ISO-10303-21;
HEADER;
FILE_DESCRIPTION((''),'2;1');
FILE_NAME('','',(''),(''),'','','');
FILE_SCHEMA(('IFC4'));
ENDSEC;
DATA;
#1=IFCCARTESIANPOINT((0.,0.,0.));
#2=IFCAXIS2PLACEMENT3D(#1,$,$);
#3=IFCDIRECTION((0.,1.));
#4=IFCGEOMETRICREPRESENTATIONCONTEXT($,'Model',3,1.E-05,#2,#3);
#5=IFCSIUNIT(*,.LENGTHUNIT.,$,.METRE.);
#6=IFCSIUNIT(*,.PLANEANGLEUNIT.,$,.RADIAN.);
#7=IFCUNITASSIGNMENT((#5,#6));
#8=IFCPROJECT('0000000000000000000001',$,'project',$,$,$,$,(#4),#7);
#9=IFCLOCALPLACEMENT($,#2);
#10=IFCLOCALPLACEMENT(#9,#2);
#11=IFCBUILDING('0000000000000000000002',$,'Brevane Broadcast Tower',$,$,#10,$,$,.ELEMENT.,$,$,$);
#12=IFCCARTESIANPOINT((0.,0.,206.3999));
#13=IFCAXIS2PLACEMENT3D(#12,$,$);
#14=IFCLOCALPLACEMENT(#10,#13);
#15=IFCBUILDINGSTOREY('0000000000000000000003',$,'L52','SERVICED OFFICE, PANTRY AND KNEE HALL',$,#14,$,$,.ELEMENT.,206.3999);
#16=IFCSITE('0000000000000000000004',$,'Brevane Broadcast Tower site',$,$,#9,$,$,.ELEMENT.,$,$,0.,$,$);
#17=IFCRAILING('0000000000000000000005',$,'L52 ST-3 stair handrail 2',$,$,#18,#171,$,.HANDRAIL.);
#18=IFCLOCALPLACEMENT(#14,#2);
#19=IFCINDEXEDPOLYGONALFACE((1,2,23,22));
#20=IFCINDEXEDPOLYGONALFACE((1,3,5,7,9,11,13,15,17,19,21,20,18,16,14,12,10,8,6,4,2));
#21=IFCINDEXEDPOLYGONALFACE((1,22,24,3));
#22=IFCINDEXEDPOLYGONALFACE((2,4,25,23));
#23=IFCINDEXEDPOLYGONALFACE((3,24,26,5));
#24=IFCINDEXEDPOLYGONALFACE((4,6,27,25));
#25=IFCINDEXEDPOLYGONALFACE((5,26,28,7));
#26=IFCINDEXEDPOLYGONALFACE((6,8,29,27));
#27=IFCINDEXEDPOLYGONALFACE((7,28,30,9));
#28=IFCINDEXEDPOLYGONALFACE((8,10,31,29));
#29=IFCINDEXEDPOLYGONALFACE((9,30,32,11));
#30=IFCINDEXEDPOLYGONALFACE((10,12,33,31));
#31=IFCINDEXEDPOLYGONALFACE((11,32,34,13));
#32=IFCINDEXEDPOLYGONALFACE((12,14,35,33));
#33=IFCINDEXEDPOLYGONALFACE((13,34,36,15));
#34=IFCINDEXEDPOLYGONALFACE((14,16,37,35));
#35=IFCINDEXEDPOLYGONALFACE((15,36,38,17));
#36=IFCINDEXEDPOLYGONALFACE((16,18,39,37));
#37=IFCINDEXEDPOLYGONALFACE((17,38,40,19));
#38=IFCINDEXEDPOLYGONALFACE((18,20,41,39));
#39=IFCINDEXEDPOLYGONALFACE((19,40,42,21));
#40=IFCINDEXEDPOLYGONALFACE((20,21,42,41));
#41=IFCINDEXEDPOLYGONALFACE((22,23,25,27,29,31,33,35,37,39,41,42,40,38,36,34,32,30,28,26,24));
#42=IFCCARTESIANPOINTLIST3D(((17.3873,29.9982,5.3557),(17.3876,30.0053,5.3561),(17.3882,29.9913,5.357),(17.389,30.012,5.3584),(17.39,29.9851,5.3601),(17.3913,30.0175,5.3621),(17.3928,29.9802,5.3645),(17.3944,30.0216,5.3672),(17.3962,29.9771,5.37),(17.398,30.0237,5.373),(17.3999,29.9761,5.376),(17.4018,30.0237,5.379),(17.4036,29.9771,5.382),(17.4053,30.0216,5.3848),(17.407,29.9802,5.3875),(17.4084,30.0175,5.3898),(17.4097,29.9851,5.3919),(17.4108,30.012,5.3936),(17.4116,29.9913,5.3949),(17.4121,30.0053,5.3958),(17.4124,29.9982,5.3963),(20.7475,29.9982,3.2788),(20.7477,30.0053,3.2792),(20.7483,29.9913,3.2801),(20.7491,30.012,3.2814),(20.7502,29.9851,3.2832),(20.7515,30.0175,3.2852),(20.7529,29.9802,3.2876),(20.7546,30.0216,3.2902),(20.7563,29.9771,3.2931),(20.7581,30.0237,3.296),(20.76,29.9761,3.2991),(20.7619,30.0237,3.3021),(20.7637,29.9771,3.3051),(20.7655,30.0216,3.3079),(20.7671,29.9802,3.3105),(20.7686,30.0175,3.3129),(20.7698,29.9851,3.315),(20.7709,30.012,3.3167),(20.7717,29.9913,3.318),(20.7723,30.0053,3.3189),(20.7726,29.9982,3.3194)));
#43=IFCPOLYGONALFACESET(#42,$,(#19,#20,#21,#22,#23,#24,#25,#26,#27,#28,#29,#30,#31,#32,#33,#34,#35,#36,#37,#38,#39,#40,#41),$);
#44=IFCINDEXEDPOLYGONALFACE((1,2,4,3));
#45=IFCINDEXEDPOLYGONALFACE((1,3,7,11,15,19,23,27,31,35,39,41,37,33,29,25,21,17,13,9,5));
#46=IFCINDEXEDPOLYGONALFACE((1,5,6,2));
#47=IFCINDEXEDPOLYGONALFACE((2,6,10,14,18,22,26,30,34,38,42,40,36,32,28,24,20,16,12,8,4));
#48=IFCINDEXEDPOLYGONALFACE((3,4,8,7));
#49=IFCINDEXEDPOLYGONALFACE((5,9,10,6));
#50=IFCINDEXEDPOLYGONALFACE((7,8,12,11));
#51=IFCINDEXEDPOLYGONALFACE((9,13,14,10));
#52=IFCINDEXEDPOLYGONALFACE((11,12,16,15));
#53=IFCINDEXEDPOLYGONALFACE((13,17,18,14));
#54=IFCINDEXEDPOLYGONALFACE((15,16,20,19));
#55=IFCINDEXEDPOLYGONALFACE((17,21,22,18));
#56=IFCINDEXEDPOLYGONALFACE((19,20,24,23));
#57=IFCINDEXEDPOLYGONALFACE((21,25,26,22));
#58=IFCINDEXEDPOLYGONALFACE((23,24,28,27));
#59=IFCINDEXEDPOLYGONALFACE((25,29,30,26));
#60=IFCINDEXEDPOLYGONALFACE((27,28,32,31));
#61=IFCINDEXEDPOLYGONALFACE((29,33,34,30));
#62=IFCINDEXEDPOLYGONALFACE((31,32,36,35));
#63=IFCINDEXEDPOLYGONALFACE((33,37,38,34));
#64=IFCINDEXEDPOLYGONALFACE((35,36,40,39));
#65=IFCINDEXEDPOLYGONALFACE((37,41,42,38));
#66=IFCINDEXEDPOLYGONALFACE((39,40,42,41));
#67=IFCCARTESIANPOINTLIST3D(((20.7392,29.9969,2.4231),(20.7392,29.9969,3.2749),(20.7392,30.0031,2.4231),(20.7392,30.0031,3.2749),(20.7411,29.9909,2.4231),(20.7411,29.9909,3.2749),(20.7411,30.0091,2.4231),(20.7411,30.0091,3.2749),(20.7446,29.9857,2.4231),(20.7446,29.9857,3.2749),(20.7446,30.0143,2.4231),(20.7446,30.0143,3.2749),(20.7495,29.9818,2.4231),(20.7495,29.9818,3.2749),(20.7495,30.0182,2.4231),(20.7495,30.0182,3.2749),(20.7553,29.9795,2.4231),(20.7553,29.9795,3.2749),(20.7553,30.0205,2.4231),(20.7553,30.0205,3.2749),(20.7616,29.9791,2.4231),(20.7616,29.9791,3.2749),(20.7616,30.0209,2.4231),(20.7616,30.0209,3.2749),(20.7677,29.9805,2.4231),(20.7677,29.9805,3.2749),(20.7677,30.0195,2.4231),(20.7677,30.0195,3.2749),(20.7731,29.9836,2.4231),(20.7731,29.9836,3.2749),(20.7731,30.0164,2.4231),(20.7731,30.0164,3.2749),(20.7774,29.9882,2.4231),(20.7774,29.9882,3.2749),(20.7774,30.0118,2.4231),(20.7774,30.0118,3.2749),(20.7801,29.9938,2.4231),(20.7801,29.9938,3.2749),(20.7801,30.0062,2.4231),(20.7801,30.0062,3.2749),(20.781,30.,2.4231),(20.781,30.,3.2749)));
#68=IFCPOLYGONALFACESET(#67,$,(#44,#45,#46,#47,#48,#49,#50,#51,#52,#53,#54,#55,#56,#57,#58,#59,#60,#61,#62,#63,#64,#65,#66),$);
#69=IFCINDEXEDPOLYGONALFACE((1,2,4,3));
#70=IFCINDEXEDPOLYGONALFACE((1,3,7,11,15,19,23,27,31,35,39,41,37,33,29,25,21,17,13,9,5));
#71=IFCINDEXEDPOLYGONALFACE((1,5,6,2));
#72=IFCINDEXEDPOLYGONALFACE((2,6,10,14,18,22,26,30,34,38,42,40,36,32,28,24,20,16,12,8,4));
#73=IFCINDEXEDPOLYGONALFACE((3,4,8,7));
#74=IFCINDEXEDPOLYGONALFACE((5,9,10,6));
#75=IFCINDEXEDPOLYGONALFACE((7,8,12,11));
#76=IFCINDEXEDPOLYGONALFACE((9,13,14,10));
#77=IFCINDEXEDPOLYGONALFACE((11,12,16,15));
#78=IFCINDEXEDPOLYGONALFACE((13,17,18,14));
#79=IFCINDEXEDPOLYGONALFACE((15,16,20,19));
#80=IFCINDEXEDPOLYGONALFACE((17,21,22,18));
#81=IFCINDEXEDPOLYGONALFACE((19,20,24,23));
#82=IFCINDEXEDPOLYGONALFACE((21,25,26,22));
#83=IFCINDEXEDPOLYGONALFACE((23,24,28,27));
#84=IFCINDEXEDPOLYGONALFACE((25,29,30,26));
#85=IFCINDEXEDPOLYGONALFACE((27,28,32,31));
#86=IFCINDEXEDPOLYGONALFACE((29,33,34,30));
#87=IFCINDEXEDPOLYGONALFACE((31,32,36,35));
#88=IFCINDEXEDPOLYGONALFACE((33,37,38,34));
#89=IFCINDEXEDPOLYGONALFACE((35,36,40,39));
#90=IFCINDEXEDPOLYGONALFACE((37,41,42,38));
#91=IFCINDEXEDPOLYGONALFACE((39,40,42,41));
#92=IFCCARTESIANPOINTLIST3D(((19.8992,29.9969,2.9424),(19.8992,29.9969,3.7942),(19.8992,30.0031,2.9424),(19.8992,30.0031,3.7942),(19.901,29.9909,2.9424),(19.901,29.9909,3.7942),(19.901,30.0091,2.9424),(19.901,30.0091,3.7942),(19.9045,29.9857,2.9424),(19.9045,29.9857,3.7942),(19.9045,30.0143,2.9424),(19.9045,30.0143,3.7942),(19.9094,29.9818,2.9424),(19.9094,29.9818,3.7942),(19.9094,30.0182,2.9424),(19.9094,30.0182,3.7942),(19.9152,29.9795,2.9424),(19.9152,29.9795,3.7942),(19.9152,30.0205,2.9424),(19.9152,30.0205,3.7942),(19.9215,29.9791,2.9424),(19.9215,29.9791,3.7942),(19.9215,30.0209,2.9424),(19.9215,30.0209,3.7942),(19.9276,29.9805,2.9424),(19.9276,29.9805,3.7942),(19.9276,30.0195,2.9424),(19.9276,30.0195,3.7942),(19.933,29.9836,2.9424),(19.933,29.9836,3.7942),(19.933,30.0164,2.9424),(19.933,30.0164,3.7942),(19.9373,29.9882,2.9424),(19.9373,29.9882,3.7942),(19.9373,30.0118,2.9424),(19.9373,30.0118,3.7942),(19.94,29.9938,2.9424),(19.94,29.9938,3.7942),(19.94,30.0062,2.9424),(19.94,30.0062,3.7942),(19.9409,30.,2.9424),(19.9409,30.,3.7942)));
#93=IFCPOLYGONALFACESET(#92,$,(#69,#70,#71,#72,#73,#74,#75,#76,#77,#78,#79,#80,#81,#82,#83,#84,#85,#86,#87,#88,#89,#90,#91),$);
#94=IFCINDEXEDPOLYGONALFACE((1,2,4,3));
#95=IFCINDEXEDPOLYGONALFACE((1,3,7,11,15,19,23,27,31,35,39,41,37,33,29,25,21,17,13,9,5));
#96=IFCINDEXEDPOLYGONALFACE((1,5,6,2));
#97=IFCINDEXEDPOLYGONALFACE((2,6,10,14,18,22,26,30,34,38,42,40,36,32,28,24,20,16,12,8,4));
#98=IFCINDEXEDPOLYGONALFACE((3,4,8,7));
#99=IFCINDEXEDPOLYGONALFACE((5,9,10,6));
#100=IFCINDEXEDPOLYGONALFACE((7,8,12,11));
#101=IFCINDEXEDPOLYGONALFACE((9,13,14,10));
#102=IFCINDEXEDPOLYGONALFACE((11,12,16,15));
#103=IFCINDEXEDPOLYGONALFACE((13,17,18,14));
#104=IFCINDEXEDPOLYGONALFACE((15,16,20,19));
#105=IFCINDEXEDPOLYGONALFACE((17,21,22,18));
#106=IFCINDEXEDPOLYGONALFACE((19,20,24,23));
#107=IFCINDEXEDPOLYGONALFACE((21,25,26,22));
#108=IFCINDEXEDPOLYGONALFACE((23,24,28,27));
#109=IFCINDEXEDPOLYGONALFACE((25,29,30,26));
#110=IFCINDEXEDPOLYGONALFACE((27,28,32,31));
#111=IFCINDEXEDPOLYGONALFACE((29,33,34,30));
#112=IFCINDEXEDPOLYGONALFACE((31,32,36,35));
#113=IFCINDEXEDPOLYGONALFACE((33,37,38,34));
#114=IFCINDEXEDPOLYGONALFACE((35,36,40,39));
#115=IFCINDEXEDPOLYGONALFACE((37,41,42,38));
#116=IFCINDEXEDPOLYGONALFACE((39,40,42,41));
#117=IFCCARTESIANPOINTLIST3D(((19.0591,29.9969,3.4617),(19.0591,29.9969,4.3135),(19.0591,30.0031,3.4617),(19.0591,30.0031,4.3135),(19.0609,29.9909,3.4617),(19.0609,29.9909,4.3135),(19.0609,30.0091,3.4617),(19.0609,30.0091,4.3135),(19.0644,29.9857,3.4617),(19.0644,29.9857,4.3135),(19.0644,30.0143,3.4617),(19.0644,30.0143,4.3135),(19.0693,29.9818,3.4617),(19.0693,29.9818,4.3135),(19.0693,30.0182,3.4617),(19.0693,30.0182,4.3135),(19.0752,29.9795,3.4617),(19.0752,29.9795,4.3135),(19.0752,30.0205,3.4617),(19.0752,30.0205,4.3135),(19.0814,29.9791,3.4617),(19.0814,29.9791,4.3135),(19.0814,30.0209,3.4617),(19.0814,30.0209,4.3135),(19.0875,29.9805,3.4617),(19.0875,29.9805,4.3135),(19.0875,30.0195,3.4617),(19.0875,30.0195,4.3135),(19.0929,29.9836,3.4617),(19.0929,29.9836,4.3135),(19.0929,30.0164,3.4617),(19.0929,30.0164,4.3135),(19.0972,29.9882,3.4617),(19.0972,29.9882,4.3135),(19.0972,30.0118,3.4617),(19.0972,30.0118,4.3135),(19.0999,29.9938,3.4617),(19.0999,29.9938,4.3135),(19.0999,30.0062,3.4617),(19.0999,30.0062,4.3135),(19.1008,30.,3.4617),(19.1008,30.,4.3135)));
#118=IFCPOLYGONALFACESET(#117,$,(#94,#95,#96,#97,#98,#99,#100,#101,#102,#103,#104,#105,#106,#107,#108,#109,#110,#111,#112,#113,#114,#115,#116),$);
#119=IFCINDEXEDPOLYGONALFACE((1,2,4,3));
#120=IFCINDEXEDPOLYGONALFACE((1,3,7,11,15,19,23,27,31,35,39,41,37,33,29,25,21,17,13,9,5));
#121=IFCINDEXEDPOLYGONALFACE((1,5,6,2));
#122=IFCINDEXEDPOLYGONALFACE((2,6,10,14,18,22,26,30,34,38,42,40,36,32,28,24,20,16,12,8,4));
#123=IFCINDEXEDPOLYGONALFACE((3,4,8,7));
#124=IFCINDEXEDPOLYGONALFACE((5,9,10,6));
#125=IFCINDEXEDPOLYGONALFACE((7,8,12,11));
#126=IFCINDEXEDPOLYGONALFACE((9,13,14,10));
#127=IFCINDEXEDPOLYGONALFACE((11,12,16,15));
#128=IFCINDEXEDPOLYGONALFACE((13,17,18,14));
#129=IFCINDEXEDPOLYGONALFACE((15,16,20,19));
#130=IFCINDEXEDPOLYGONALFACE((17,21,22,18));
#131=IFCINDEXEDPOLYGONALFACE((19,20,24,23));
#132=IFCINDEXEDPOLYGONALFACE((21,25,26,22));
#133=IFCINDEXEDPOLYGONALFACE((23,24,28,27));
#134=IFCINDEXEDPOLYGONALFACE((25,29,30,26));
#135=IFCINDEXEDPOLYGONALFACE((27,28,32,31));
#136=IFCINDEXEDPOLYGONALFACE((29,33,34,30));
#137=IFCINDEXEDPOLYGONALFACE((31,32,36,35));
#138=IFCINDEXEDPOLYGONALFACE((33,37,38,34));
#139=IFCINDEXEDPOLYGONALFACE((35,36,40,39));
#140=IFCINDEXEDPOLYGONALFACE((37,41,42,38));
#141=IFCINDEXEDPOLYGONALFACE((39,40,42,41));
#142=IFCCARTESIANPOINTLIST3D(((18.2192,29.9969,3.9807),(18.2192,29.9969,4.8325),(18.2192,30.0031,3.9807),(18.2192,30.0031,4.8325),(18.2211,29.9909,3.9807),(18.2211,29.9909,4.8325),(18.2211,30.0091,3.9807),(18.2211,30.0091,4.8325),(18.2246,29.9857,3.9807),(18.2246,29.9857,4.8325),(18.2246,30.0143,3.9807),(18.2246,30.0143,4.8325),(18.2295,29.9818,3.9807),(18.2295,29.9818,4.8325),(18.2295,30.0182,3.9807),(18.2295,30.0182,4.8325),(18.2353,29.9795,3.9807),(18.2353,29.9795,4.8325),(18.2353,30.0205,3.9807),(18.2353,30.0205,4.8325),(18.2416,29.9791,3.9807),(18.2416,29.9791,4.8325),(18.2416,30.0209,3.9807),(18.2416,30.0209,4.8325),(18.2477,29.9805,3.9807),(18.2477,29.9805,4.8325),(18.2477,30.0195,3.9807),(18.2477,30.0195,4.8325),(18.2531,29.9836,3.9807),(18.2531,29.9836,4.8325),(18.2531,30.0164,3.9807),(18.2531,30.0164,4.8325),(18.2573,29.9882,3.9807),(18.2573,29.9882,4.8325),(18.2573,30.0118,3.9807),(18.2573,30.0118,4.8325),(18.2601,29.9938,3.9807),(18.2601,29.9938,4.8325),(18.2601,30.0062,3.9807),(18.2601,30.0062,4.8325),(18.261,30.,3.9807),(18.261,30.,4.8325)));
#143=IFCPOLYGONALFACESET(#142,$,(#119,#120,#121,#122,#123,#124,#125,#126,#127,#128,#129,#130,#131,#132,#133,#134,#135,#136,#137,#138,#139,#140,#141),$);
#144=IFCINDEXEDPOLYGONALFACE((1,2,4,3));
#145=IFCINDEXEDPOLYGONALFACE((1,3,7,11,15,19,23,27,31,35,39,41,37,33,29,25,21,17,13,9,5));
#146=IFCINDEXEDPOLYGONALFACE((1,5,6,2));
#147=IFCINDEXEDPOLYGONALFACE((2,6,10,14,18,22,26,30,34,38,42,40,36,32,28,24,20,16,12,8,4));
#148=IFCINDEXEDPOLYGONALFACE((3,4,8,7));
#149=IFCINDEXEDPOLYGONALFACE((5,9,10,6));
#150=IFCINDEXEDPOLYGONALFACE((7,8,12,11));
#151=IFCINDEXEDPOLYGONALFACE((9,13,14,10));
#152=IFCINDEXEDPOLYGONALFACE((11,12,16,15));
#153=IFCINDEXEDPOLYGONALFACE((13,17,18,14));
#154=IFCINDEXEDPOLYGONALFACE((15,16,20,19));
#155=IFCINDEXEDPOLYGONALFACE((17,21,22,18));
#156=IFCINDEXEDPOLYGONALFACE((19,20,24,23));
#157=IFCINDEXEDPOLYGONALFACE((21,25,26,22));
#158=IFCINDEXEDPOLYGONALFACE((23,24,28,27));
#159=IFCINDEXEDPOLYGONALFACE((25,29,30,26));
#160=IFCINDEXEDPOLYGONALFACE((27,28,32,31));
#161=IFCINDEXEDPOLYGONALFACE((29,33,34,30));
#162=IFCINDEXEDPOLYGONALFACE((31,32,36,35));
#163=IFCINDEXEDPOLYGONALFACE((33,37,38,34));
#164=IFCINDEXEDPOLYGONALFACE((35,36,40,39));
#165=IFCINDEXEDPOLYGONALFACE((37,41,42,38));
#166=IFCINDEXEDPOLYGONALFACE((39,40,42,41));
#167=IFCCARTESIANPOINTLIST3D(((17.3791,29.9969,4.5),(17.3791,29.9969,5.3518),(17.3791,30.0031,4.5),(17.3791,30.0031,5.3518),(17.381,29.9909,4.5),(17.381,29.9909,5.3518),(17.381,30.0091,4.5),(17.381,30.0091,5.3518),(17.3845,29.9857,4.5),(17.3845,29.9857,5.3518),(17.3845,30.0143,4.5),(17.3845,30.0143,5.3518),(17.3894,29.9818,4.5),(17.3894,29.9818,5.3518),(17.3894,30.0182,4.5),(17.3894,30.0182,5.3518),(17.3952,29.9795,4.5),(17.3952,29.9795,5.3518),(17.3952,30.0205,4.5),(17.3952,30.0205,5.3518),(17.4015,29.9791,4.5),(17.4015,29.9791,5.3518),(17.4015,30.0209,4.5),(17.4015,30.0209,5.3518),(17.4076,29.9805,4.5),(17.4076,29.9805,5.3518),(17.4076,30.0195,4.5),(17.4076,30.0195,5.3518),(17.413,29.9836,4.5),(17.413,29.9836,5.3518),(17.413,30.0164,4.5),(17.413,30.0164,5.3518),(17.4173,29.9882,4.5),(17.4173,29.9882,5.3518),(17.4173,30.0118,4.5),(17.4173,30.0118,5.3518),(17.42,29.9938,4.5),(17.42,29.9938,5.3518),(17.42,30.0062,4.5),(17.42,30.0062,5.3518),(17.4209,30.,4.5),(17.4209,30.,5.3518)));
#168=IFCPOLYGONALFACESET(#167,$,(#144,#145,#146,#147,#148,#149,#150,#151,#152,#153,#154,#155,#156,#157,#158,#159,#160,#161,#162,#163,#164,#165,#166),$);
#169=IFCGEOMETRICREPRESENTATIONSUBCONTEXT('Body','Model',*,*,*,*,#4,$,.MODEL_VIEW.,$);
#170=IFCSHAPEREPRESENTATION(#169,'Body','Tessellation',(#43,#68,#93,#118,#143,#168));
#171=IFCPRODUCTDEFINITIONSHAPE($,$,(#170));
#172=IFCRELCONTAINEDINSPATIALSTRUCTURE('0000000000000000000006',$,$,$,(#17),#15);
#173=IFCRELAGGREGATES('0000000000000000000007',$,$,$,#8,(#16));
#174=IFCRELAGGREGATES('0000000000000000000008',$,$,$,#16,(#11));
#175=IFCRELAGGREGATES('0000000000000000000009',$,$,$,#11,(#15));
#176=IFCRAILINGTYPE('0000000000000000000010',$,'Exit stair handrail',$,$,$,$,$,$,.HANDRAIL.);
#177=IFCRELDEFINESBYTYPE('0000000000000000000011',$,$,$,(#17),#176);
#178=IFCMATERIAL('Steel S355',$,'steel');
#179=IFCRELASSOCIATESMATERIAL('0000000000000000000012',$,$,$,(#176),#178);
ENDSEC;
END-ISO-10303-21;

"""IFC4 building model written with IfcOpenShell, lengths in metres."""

from ifc_helpers import new_model, si_unit, direction, frame, origin, origin_2d, place, context, subcontext, project, spatial, circle, extrude, material, type_object, element, save


model = new_model("IFC4")

# Units and contexts
model_context = context("Model", 3, precision=1e-05, world=origin(), true_north=direction((0.0, 1.0)))
body_context = subcontext(model_context, "Body", "Model", "MODEL_VIEW")
ifc_project = project(units=[si_unit("LENGTHUNIT", "METRE"), si_unit("PLANEANGLEUNIT", "RADIAN")], contexts=[model_context])

# Site, building, storey
site_placement = place(None, origin())
site = spatial("IfcSite", under=ifc_project, at=site_placement, Name="Brevane Broadcast Tower site", CompositionType="ELEMENT", RefElevation=0.0)
building_placement = place(site_placement, origin())
building = spatial("IfcBuilding", under=site, at=building_placement, Name="Brevane Broadcast Tower", CompositionType="ELEMENT")
storey_placement = place(building_placement, frame((0.0, 0.0, 206.3999)))
storey = spatial("IfcBuildingStorey", under=building, at=storey_placement, Name="L52", Description="SERVICED OFFICE, PANTRY AND KNEE HALL", CompositionType="ELEMENT", Elevation=206.3999)

# Railing
ifc_material_1 = material(Name="Steel S355", Category="steel")
railing_type_1 = type_object("IfcRailingType", Name="Exit stair handrail", PredefinedType="HANDRAIL", material=ifc_material_1)
railing_1_placement = place(storey_placement, frame((20.76, 30.0, 2.4231)))
element("IfcRailing", 1, at=railing_1_placement, inside=storey, type_object=railing_type_1, Name="L52 ST-3 stair handrail 2", PredefinedType="HANDRAIL", context=body_context, shape_type="SweptSolid", body=[
    extrude(circle(Radius=0.0239, at=origin_2d()), frame((0.0, 0.0, 0.876), z_axis=(-0.850623, 0.0, 0.525776), x_axis=(0.0, -1.0, 0.0)), (0.0, 0.0, 1.0), 3.9502),
    extrude(circle(Radius=0.021, at=origin_2d()), origin(), (0.0, 0.0, 1.0), 0.8518),
    extrude(circle(Radius=0.021, at=origin_2d()), frame((-0.8401, 0.0, 0.5193)), (0.0, 0.0, 1.0), 0.8518),
    extrude(circle(Radius=0.021, at=origin_2d()), frame((-1.6802, 0.0, 1.0386)), (0.0, 0.0, 1.0), 0.8518),
    extrude(circle(Radius=0.021, at=origin_2d()), frame((-2.52, 0.0, 1.5576)), (0.0, 0.0, 1.0), 0.8518),
    extrude(circle(Radius=0.021, at=origin_2d()), frame((-3.3601, 0.0, 2.0769)), (0.0, 0.0, 1.0), 0.8518),
])

save(model, "model.ifc")
